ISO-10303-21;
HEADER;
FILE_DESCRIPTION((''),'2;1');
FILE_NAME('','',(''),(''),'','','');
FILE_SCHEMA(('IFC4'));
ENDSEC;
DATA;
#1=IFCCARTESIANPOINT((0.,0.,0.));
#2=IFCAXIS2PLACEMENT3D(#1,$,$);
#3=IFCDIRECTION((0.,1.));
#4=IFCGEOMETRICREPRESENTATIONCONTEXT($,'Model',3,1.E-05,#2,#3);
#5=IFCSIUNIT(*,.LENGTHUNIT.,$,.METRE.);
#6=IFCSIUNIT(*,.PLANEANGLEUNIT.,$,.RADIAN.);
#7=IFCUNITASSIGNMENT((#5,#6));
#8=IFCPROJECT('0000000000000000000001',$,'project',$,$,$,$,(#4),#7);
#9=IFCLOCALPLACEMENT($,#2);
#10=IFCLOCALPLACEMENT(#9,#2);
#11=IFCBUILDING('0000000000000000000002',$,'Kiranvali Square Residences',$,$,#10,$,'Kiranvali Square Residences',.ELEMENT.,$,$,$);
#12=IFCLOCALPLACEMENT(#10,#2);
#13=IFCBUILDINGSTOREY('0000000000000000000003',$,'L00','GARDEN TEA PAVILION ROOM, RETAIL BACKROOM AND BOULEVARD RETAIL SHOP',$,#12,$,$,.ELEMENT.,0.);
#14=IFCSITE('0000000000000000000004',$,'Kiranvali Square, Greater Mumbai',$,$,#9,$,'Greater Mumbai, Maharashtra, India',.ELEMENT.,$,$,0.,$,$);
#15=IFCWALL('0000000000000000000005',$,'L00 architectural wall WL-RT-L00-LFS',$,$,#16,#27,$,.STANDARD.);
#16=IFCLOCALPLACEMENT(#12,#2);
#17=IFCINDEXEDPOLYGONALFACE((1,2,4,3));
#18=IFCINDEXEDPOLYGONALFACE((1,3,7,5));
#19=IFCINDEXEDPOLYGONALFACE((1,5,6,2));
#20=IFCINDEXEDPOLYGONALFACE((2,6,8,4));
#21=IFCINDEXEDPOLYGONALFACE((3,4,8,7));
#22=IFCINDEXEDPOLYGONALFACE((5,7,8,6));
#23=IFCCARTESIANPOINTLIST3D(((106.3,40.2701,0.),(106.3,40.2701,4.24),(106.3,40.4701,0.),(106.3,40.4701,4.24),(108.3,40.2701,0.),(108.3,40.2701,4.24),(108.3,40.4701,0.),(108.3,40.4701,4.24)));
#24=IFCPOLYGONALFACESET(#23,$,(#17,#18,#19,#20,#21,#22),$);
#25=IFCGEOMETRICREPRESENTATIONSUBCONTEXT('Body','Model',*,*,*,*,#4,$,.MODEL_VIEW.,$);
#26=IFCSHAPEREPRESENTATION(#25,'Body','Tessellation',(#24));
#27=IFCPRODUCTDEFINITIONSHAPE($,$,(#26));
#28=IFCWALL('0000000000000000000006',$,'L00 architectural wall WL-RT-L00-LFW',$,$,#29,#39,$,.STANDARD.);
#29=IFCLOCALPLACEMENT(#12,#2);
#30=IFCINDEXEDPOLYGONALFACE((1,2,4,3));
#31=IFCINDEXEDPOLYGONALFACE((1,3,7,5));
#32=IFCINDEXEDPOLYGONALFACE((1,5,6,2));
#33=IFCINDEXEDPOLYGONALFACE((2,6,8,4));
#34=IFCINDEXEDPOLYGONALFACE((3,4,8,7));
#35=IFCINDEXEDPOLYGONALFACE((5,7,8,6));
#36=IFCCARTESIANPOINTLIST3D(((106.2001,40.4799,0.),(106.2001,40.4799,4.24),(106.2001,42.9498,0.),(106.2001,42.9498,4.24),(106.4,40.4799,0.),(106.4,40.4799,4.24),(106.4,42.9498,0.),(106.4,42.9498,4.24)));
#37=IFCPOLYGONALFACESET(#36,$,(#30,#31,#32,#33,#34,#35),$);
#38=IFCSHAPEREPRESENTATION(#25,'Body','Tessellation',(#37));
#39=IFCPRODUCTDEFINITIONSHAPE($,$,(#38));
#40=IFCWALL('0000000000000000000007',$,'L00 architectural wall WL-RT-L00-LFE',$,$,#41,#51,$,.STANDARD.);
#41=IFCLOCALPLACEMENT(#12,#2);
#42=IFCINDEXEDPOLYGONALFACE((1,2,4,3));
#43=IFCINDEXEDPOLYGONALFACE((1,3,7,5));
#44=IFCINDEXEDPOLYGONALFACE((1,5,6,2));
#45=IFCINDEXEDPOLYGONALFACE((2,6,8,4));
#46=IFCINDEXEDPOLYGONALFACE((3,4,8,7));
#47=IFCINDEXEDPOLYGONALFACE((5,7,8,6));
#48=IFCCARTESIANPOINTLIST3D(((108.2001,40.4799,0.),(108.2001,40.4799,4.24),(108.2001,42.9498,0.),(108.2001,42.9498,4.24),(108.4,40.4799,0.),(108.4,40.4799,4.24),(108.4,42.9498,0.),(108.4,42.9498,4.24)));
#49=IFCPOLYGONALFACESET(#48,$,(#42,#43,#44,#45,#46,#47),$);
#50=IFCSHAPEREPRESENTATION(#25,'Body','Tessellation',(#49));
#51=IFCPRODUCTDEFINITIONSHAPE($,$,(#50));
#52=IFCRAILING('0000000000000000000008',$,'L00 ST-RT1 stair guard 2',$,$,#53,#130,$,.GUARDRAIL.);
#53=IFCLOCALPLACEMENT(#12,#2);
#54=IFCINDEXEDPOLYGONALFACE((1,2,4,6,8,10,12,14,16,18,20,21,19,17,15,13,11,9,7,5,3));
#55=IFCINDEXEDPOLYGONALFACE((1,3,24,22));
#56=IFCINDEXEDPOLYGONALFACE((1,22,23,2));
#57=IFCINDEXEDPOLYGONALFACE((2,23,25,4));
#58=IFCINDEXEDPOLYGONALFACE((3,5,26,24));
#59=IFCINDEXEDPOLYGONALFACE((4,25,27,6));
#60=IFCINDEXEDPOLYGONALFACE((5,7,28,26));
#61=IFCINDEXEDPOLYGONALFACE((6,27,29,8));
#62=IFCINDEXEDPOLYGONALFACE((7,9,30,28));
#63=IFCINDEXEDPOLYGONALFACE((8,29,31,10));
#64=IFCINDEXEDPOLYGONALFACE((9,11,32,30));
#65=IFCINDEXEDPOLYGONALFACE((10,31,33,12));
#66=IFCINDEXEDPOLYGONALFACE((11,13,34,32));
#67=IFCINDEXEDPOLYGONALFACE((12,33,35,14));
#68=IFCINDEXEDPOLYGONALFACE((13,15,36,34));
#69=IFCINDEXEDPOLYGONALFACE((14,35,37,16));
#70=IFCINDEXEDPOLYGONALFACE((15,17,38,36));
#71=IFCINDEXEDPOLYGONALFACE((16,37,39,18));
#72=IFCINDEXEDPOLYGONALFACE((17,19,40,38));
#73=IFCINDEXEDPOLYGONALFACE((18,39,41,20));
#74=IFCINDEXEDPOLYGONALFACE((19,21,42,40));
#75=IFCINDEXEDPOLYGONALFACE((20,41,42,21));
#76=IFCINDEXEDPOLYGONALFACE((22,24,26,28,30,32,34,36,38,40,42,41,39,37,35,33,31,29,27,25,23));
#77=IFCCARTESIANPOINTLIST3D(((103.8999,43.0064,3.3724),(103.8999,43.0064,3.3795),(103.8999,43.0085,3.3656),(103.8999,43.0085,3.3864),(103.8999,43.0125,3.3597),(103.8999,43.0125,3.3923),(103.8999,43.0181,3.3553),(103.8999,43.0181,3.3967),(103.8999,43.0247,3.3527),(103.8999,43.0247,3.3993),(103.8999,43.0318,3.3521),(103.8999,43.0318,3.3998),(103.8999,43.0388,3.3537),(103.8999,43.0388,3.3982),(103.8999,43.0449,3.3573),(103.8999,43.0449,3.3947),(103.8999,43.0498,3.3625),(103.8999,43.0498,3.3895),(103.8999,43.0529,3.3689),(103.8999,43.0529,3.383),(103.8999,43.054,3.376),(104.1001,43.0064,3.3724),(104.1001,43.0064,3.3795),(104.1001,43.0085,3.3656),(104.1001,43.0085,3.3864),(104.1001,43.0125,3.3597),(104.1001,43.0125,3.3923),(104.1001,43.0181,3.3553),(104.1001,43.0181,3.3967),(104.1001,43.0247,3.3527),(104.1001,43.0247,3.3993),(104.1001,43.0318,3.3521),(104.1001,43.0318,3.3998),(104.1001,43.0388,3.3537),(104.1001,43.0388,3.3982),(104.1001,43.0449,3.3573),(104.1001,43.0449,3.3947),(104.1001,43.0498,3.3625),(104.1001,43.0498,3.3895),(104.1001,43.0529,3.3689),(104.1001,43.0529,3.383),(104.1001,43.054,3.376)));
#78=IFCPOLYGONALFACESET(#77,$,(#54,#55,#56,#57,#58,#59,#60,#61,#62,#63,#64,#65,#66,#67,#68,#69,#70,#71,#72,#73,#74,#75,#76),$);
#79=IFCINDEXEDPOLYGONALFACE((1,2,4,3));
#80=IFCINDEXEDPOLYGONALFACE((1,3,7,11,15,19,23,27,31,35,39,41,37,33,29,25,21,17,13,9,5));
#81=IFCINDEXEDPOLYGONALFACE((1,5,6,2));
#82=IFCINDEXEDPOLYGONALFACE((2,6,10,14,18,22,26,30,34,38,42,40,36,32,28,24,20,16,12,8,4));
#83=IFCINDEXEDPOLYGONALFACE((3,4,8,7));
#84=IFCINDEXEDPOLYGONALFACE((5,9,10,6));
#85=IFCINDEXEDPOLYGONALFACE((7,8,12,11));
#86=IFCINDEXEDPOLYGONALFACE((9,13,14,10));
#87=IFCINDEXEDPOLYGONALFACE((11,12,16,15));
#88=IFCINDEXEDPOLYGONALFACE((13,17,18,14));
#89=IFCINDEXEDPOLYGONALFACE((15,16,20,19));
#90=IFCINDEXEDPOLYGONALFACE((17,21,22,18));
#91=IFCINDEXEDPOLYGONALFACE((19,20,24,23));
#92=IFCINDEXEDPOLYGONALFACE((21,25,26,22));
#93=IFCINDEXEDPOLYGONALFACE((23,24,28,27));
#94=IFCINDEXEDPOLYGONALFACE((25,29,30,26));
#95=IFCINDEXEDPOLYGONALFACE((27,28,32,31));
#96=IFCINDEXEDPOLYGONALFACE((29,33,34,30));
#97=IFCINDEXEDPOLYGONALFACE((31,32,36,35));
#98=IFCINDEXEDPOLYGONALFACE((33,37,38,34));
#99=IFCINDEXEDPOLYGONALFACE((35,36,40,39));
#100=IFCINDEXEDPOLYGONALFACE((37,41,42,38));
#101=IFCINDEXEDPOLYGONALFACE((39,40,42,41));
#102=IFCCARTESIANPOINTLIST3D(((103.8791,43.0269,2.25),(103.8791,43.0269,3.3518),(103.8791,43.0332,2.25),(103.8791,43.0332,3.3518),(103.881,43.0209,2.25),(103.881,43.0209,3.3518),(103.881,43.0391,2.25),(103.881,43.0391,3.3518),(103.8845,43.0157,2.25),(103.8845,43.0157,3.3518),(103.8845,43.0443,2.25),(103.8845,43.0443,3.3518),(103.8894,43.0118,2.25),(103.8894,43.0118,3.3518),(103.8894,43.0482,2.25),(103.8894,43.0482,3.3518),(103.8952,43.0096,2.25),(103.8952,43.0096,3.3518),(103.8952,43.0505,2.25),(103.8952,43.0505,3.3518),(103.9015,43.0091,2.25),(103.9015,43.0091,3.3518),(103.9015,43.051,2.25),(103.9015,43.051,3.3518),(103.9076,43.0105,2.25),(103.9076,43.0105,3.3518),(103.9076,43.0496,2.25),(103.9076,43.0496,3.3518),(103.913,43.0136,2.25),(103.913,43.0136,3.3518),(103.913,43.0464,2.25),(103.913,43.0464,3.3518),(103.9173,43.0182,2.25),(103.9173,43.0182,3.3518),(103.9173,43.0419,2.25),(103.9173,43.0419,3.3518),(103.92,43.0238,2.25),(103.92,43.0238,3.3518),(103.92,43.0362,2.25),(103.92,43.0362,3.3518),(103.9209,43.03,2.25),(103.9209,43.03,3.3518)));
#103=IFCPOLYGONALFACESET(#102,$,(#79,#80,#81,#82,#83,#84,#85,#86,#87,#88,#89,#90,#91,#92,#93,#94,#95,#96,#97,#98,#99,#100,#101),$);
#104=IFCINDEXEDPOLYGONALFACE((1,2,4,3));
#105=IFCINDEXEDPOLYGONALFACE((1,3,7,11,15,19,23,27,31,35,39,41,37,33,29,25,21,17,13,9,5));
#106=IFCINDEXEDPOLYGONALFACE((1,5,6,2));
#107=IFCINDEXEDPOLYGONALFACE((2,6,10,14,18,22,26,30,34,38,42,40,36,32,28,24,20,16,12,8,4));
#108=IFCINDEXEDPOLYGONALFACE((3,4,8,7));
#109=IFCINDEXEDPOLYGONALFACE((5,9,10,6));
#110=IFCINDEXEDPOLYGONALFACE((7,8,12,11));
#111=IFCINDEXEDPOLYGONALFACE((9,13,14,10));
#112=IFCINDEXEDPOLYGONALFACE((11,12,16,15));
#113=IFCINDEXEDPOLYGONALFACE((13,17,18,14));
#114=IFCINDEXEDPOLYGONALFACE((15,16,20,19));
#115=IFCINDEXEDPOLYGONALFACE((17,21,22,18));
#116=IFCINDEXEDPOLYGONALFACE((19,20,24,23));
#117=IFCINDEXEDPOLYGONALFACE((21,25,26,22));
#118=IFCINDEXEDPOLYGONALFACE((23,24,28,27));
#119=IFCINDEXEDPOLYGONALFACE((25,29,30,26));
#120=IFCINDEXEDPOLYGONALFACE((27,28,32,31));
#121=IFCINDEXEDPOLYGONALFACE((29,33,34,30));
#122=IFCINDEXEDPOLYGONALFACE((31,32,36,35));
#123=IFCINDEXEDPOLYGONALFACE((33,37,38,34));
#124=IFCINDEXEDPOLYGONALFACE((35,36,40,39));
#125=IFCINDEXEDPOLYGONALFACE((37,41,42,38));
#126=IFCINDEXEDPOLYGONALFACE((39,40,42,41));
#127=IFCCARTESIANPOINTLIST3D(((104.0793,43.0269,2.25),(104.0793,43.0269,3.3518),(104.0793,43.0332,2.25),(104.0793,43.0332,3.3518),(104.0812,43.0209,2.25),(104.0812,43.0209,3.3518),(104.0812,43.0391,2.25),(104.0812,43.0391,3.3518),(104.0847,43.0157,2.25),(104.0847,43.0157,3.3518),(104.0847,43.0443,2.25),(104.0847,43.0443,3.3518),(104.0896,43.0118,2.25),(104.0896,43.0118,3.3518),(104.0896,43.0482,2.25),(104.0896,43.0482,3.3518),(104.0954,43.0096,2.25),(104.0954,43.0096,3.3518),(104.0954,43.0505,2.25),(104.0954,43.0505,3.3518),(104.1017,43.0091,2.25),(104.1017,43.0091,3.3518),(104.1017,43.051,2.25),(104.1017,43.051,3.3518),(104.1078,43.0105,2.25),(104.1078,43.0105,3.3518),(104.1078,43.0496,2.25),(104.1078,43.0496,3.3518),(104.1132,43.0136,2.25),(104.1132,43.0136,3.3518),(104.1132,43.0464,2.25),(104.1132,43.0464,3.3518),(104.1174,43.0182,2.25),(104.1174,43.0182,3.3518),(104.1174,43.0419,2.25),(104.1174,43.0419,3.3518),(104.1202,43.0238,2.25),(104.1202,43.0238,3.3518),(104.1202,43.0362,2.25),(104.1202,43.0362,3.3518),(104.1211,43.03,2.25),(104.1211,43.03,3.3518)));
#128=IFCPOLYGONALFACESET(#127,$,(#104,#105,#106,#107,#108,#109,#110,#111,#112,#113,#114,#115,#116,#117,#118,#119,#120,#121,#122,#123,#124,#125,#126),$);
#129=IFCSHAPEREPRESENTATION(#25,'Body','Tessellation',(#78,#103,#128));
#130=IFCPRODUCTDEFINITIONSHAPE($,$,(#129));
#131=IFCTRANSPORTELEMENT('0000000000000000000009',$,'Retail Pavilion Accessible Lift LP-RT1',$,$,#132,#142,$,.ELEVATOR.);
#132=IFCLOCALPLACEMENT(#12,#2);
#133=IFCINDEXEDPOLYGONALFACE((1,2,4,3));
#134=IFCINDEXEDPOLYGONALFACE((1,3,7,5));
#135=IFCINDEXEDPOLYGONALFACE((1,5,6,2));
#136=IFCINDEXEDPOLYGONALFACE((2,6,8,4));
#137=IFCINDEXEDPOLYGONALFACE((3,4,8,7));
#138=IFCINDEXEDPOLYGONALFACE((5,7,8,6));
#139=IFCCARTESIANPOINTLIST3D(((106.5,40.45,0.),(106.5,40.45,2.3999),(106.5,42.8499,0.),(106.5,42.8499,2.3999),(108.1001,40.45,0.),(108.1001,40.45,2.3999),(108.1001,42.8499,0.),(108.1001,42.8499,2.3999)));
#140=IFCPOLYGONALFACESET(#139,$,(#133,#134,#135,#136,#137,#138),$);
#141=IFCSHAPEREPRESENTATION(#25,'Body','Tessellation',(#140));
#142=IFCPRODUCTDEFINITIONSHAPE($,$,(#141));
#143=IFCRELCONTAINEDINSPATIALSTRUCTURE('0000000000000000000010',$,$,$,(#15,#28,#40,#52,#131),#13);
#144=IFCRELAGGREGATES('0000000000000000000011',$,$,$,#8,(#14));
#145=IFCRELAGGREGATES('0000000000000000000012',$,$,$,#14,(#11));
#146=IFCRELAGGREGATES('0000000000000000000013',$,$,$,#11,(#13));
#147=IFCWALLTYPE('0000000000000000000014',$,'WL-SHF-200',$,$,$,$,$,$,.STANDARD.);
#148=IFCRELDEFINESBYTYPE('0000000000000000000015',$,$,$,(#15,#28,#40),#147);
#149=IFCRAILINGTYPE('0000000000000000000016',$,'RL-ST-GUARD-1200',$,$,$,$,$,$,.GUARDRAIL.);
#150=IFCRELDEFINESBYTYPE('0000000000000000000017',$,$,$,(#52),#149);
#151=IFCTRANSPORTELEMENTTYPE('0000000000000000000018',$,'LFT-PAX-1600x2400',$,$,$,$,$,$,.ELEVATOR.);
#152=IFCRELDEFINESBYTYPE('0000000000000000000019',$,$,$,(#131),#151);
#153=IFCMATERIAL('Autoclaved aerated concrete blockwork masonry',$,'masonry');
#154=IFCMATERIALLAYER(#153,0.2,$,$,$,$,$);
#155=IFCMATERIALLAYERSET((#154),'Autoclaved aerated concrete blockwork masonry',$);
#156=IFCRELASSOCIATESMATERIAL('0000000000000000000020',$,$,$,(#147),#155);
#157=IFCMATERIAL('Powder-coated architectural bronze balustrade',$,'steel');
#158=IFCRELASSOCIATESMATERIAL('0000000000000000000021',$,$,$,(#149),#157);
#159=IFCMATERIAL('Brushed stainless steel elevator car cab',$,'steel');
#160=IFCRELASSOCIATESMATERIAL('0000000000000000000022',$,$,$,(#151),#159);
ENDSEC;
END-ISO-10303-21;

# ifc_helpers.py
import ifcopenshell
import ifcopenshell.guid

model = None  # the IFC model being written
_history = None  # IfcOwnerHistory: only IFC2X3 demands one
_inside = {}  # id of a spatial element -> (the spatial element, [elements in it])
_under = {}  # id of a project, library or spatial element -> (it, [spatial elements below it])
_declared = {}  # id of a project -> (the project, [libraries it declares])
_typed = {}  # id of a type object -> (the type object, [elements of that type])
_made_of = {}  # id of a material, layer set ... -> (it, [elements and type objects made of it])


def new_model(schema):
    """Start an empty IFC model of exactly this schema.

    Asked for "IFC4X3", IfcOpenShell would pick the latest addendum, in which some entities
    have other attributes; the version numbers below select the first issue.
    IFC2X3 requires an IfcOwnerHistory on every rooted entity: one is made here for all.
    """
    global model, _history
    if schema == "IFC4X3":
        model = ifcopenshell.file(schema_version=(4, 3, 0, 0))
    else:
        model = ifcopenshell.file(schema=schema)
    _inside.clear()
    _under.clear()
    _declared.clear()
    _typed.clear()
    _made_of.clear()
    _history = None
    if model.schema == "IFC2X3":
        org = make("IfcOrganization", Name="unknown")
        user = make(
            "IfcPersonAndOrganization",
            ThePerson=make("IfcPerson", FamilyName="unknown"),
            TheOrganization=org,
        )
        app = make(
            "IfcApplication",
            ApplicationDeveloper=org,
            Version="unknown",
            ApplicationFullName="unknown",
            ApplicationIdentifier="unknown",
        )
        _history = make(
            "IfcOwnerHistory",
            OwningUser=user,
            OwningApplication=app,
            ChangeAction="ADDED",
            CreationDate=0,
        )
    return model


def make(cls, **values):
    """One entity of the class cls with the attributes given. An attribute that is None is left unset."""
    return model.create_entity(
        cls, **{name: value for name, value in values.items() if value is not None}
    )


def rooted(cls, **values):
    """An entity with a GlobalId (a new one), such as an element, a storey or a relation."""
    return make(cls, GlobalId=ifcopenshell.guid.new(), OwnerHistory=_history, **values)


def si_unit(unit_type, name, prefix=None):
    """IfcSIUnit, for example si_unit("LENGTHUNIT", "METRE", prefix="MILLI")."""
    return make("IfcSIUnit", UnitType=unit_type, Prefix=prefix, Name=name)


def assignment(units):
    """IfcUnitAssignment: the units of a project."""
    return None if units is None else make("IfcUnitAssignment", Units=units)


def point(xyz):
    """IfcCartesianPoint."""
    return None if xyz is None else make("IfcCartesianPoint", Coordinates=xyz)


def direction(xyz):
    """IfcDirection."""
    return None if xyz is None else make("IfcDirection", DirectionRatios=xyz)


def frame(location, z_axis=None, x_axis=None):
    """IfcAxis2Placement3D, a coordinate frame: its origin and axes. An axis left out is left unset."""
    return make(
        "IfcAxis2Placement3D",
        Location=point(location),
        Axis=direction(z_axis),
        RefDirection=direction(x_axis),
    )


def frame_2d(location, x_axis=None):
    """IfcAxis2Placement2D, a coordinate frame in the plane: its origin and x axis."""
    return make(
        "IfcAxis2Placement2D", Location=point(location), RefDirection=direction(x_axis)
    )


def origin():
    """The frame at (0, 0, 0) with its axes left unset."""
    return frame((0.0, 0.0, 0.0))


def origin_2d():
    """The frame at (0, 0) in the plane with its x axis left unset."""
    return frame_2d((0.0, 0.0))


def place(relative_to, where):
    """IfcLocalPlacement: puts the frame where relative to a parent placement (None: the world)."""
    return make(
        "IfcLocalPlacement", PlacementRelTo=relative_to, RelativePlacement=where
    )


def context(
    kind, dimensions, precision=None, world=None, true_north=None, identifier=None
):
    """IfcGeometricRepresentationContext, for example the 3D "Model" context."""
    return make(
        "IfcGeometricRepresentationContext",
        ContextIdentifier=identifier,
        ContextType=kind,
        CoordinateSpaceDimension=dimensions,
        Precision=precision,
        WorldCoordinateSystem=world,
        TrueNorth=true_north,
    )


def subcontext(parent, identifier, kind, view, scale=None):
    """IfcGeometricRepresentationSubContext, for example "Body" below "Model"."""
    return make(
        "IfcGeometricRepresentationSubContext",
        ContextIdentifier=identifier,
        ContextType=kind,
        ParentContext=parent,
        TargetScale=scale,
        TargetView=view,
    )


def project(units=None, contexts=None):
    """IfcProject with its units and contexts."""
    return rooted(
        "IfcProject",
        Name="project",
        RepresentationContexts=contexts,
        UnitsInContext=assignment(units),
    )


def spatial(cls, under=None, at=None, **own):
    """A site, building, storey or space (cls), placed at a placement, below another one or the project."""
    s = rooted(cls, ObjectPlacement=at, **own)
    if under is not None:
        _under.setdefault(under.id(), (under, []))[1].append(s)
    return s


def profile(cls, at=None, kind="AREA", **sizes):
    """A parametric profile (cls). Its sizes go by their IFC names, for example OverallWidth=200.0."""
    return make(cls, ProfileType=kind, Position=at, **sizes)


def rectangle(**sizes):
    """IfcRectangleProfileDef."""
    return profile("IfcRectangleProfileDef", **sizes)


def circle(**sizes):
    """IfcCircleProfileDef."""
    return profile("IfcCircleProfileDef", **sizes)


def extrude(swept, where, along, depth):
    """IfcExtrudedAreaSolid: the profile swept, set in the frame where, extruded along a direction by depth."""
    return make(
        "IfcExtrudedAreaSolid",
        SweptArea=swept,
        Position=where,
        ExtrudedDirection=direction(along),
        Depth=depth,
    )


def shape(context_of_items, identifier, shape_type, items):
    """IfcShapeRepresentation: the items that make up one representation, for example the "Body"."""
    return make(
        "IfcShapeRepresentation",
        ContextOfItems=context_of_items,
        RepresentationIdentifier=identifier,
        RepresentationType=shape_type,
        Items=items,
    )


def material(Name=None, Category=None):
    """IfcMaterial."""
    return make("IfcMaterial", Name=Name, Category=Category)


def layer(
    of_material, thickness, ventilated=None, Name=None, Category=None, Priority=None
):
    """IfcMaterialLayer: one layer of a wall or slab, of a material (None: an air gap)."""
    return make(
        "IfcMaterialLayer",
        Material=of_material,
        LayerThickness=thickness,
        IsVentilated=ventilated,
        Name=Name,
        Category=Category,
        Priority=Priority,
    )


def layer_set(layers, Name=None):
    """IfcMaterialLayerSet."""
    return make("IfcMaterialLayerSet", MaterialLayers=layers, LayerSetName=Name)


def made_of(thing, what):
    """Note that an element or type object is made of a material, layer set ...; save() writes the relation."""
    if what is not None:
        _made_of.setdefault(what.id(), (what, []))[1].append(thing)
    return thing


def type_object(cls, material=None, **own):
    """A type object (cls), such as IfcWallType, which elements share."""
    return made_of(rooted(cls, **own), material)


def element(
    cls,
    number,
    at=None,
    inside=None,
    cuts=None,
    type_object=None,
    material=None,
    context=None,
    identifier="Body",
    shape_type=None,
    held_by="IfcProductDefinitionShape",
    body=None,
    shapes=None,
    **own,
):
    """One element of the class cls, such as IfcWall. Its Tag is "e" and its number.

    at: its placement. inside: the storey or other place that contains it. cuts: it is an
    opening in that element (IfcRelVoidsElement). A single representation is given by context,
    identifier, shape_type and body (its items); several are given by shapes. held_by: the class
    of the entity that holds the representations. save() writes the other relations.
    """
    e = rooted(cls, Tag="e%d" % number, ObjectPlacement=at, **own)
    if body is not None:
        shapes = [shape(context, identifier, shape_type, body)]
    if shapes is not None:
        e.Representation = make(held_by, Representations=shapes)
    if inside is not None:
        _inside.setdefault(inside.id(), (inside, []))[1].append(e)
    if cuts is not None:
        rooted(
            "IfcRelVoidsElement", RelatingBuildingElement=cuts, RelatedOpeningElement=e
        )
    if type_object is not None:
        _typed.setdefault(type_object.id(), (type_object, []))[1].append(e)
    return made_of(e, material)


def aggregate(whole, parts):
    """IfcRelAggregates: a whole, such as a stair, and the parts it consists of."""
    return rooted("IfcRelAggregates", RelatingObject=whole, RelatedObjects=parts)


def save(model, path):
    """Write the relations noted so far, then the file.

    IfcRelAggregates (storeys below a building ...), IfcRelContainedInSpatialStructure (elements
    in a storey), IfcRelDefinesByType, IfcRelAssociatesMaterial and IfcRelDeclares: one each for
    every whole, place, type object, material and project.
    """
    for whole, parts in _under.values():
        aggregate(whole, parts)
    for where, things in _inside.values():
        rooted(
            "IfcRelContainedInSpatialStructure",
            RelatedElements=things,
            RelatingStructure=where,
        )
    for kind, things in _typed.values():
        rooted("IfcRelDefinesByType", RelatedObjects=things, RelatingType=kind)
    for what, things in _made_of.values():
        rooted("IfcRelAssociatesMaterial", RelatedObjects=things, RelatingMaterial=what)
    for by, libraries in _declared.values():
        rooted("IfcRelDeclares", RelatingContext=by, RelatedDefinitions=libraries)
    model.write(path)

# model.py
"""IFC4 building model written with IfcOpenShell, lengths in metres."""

from ifc_helpers import new_model, si_unit, direction, frame, frame_2d, origin, origin_2d, place, context, subcontext, project, spatial, rectangle, circle, extrude, material, layer, layer_set, type_object, element, save


model = new_model("IFC4")

# Units and contexts
model_context = context("Model", 3, precision=1e-05, world=origin(), true_north=direction((0.0, 1.0)))
body_context = subcontext(model_context, "Body", "Model", "MODEL_VIEW")
ifc_project = project(units=[si_unit("LENGTHUNIT", "METRE"), si_unit("PLANEANGLEUNIT", "RADIAN")], contexts=[model_context])

# Site, building, storey
site_placement = place(None, origin())
site = spatial("IfcSite", under=ifc_project, at=site_placement, Name="Kiranvali Square, Greater Mumbai", LongName="Greater Mumbai, Maharashtra, India", CompositionType="ELEMENT", RefElevation=0.0)
building_placement = place(site_placement, origin())
building = spatial("IfcBuilding", under=site, at=building_placement, Name="Kiranvali Square Residences", LongName="Kiranvali Square Residences", CompositionType="ELEMENT")
storey_placement = place(building_placement, origin())
storey = spatial("IfcBuildingStorey", under=building, at=storey_placement, Name="L00", Description="GARDEN TEA PAVILION ROOM, RETAIL BACKROOM AND BOULEVARD RETAIL SHOP", CompositionType="ELEMENT", Elevation=0.0)

# Shared definitions
ifc_material_1 = material(Name="Autoclaved aerated concrete blockwork masonry", Category="masonry")

# Shared definitions
ifc_layer_1 = layer(ifc_material_1, 0.2)
ifc_layer_set_1 = layer_set([ifc_layer_1], Name="Autoclaved aerated concrete blockwork masonry")
wall_type_1 = type_object("IfcWallType", Name="WL-SHF-200", PredefinedType="STANDARD", material=ifc_layer_set_1)

# Walls
wall_1_placement = place(storey_placement, frame((106.3, 40.3701, 0.0), z_axis=(0.0, 0.0, 1.0), x_axis=(1.0, 0.0, 0.0)))
element("IfcWall", 1, at=wall_1_placement, inside=storey, type_object=wall_type_1, Name="L00 architectural wall WL-RT-L00-LFS", PredefinedType="STANDARD", context=body_context, shape_type="SweptSolid", body=[
    extrude(rectangle(XDim=2.0, YDim=0.2, at=frame_2d((1.0, 0.0))), origin(), (0.0, 0.0, 1.0), 4.24),
])
for number, where, z_axis, x_axis, name in (
    (2, (106.3, 40.48, 0.0), (0.0, 0.0, 1.0), (0.0, 1.0, 0.0), "L00 architectural wall WL-RT-L00-LFW"),
    (3, (108.3, 40.48, 0.0), (0.0, 0.0, 1.0), (0.0, 1.0, 0.0), "L00 architectural wall WL-RT-L00-LFE"),
):
    element("IfcWall", number, at=place(storey_placement, frame(where, z_axis=z_axis, x_axis=x_axis)), inside=storey, type_object=wall_type_1, Name=name, PredefinedType="STANDARD", context=body_context, shape_type="SweptSolid", body=[
        extrude(rectangle(XDim=2.47, YDim=0.2, at=frame_2d((1.2349, 0.0))), origin(), (0.0, 0.0, 1.0), 4.24),
    ])

# Railing
ifc_material_2 = material(Name="Powder-coated architectural bronze balustrade", Category="steel")
railing_type = type_object("IfcRailingType", Name="RL-ST-GUARD-1200", PredefinedType="GUARDRAIL", material=ifc_material_2)
railing_placement = place(storey_placement, frame((103.8999, 43.03, 2.25)))
element("IfcRailing", 4, at=railing_placement, inside=storey, type_object=railing_type, Name="L00 ST-RT1 stair guard 2", PredefinedType="GUARDRAIL", context=body_context, shape_type="SweptSolid", body=[
    extrude(circle(Radius=0.0239, at=origin_2d()), frame((0.0, 0.0, 1.126), z_axis=(1.0, 0.0, 0.0), x_axis=(0.0, 1.0, 0.0)), (0.0, 0.0, 1.0), 0.2002),
    extrude(circle(Radius=0.021, at=origin_2d()), origin(), (0.0, 0.0, 1.0), 1.1018),
    extrude(circle(Radius=0.021, at=origin_2d()), frame((0.2002, 0.0, 0.0)), (0.0, 0.0, 1.0), 1.1018),
])

# Transport element
ifc_material_3 = material(Name="Brushed stainless steel elevator car cab", Category="steel")
transport_element_type = type_object("IfcTransportElementType", Name="LFT-PAX-1600x2400", PredefinedType="ELEVATOR", material=ifc_material_3)
transport_element_placement = place(storey_placement, frame((107.3, 41.6499, 0.0), z_axis=(0.0, 0.0, 1.0), x_axis=(1.0, 0.0, 0.0)))
element("IfcTransportElement", 5, at=transport_element_placement, inside=storey, type_object=transport_element_type, Name="Retail Pavilion Accessible Lift LP-RT1", PredefinedType="ELEVATOR", context=body_context, shape_type="SweptSolid", body=[
    extrude(rectangle(XDim=1.6001, YDim=2.3999, at=origin_2d()), origin(), (0.0, 0.0, 1.0), 2.3999),
])

save(model, "model.ifc")
